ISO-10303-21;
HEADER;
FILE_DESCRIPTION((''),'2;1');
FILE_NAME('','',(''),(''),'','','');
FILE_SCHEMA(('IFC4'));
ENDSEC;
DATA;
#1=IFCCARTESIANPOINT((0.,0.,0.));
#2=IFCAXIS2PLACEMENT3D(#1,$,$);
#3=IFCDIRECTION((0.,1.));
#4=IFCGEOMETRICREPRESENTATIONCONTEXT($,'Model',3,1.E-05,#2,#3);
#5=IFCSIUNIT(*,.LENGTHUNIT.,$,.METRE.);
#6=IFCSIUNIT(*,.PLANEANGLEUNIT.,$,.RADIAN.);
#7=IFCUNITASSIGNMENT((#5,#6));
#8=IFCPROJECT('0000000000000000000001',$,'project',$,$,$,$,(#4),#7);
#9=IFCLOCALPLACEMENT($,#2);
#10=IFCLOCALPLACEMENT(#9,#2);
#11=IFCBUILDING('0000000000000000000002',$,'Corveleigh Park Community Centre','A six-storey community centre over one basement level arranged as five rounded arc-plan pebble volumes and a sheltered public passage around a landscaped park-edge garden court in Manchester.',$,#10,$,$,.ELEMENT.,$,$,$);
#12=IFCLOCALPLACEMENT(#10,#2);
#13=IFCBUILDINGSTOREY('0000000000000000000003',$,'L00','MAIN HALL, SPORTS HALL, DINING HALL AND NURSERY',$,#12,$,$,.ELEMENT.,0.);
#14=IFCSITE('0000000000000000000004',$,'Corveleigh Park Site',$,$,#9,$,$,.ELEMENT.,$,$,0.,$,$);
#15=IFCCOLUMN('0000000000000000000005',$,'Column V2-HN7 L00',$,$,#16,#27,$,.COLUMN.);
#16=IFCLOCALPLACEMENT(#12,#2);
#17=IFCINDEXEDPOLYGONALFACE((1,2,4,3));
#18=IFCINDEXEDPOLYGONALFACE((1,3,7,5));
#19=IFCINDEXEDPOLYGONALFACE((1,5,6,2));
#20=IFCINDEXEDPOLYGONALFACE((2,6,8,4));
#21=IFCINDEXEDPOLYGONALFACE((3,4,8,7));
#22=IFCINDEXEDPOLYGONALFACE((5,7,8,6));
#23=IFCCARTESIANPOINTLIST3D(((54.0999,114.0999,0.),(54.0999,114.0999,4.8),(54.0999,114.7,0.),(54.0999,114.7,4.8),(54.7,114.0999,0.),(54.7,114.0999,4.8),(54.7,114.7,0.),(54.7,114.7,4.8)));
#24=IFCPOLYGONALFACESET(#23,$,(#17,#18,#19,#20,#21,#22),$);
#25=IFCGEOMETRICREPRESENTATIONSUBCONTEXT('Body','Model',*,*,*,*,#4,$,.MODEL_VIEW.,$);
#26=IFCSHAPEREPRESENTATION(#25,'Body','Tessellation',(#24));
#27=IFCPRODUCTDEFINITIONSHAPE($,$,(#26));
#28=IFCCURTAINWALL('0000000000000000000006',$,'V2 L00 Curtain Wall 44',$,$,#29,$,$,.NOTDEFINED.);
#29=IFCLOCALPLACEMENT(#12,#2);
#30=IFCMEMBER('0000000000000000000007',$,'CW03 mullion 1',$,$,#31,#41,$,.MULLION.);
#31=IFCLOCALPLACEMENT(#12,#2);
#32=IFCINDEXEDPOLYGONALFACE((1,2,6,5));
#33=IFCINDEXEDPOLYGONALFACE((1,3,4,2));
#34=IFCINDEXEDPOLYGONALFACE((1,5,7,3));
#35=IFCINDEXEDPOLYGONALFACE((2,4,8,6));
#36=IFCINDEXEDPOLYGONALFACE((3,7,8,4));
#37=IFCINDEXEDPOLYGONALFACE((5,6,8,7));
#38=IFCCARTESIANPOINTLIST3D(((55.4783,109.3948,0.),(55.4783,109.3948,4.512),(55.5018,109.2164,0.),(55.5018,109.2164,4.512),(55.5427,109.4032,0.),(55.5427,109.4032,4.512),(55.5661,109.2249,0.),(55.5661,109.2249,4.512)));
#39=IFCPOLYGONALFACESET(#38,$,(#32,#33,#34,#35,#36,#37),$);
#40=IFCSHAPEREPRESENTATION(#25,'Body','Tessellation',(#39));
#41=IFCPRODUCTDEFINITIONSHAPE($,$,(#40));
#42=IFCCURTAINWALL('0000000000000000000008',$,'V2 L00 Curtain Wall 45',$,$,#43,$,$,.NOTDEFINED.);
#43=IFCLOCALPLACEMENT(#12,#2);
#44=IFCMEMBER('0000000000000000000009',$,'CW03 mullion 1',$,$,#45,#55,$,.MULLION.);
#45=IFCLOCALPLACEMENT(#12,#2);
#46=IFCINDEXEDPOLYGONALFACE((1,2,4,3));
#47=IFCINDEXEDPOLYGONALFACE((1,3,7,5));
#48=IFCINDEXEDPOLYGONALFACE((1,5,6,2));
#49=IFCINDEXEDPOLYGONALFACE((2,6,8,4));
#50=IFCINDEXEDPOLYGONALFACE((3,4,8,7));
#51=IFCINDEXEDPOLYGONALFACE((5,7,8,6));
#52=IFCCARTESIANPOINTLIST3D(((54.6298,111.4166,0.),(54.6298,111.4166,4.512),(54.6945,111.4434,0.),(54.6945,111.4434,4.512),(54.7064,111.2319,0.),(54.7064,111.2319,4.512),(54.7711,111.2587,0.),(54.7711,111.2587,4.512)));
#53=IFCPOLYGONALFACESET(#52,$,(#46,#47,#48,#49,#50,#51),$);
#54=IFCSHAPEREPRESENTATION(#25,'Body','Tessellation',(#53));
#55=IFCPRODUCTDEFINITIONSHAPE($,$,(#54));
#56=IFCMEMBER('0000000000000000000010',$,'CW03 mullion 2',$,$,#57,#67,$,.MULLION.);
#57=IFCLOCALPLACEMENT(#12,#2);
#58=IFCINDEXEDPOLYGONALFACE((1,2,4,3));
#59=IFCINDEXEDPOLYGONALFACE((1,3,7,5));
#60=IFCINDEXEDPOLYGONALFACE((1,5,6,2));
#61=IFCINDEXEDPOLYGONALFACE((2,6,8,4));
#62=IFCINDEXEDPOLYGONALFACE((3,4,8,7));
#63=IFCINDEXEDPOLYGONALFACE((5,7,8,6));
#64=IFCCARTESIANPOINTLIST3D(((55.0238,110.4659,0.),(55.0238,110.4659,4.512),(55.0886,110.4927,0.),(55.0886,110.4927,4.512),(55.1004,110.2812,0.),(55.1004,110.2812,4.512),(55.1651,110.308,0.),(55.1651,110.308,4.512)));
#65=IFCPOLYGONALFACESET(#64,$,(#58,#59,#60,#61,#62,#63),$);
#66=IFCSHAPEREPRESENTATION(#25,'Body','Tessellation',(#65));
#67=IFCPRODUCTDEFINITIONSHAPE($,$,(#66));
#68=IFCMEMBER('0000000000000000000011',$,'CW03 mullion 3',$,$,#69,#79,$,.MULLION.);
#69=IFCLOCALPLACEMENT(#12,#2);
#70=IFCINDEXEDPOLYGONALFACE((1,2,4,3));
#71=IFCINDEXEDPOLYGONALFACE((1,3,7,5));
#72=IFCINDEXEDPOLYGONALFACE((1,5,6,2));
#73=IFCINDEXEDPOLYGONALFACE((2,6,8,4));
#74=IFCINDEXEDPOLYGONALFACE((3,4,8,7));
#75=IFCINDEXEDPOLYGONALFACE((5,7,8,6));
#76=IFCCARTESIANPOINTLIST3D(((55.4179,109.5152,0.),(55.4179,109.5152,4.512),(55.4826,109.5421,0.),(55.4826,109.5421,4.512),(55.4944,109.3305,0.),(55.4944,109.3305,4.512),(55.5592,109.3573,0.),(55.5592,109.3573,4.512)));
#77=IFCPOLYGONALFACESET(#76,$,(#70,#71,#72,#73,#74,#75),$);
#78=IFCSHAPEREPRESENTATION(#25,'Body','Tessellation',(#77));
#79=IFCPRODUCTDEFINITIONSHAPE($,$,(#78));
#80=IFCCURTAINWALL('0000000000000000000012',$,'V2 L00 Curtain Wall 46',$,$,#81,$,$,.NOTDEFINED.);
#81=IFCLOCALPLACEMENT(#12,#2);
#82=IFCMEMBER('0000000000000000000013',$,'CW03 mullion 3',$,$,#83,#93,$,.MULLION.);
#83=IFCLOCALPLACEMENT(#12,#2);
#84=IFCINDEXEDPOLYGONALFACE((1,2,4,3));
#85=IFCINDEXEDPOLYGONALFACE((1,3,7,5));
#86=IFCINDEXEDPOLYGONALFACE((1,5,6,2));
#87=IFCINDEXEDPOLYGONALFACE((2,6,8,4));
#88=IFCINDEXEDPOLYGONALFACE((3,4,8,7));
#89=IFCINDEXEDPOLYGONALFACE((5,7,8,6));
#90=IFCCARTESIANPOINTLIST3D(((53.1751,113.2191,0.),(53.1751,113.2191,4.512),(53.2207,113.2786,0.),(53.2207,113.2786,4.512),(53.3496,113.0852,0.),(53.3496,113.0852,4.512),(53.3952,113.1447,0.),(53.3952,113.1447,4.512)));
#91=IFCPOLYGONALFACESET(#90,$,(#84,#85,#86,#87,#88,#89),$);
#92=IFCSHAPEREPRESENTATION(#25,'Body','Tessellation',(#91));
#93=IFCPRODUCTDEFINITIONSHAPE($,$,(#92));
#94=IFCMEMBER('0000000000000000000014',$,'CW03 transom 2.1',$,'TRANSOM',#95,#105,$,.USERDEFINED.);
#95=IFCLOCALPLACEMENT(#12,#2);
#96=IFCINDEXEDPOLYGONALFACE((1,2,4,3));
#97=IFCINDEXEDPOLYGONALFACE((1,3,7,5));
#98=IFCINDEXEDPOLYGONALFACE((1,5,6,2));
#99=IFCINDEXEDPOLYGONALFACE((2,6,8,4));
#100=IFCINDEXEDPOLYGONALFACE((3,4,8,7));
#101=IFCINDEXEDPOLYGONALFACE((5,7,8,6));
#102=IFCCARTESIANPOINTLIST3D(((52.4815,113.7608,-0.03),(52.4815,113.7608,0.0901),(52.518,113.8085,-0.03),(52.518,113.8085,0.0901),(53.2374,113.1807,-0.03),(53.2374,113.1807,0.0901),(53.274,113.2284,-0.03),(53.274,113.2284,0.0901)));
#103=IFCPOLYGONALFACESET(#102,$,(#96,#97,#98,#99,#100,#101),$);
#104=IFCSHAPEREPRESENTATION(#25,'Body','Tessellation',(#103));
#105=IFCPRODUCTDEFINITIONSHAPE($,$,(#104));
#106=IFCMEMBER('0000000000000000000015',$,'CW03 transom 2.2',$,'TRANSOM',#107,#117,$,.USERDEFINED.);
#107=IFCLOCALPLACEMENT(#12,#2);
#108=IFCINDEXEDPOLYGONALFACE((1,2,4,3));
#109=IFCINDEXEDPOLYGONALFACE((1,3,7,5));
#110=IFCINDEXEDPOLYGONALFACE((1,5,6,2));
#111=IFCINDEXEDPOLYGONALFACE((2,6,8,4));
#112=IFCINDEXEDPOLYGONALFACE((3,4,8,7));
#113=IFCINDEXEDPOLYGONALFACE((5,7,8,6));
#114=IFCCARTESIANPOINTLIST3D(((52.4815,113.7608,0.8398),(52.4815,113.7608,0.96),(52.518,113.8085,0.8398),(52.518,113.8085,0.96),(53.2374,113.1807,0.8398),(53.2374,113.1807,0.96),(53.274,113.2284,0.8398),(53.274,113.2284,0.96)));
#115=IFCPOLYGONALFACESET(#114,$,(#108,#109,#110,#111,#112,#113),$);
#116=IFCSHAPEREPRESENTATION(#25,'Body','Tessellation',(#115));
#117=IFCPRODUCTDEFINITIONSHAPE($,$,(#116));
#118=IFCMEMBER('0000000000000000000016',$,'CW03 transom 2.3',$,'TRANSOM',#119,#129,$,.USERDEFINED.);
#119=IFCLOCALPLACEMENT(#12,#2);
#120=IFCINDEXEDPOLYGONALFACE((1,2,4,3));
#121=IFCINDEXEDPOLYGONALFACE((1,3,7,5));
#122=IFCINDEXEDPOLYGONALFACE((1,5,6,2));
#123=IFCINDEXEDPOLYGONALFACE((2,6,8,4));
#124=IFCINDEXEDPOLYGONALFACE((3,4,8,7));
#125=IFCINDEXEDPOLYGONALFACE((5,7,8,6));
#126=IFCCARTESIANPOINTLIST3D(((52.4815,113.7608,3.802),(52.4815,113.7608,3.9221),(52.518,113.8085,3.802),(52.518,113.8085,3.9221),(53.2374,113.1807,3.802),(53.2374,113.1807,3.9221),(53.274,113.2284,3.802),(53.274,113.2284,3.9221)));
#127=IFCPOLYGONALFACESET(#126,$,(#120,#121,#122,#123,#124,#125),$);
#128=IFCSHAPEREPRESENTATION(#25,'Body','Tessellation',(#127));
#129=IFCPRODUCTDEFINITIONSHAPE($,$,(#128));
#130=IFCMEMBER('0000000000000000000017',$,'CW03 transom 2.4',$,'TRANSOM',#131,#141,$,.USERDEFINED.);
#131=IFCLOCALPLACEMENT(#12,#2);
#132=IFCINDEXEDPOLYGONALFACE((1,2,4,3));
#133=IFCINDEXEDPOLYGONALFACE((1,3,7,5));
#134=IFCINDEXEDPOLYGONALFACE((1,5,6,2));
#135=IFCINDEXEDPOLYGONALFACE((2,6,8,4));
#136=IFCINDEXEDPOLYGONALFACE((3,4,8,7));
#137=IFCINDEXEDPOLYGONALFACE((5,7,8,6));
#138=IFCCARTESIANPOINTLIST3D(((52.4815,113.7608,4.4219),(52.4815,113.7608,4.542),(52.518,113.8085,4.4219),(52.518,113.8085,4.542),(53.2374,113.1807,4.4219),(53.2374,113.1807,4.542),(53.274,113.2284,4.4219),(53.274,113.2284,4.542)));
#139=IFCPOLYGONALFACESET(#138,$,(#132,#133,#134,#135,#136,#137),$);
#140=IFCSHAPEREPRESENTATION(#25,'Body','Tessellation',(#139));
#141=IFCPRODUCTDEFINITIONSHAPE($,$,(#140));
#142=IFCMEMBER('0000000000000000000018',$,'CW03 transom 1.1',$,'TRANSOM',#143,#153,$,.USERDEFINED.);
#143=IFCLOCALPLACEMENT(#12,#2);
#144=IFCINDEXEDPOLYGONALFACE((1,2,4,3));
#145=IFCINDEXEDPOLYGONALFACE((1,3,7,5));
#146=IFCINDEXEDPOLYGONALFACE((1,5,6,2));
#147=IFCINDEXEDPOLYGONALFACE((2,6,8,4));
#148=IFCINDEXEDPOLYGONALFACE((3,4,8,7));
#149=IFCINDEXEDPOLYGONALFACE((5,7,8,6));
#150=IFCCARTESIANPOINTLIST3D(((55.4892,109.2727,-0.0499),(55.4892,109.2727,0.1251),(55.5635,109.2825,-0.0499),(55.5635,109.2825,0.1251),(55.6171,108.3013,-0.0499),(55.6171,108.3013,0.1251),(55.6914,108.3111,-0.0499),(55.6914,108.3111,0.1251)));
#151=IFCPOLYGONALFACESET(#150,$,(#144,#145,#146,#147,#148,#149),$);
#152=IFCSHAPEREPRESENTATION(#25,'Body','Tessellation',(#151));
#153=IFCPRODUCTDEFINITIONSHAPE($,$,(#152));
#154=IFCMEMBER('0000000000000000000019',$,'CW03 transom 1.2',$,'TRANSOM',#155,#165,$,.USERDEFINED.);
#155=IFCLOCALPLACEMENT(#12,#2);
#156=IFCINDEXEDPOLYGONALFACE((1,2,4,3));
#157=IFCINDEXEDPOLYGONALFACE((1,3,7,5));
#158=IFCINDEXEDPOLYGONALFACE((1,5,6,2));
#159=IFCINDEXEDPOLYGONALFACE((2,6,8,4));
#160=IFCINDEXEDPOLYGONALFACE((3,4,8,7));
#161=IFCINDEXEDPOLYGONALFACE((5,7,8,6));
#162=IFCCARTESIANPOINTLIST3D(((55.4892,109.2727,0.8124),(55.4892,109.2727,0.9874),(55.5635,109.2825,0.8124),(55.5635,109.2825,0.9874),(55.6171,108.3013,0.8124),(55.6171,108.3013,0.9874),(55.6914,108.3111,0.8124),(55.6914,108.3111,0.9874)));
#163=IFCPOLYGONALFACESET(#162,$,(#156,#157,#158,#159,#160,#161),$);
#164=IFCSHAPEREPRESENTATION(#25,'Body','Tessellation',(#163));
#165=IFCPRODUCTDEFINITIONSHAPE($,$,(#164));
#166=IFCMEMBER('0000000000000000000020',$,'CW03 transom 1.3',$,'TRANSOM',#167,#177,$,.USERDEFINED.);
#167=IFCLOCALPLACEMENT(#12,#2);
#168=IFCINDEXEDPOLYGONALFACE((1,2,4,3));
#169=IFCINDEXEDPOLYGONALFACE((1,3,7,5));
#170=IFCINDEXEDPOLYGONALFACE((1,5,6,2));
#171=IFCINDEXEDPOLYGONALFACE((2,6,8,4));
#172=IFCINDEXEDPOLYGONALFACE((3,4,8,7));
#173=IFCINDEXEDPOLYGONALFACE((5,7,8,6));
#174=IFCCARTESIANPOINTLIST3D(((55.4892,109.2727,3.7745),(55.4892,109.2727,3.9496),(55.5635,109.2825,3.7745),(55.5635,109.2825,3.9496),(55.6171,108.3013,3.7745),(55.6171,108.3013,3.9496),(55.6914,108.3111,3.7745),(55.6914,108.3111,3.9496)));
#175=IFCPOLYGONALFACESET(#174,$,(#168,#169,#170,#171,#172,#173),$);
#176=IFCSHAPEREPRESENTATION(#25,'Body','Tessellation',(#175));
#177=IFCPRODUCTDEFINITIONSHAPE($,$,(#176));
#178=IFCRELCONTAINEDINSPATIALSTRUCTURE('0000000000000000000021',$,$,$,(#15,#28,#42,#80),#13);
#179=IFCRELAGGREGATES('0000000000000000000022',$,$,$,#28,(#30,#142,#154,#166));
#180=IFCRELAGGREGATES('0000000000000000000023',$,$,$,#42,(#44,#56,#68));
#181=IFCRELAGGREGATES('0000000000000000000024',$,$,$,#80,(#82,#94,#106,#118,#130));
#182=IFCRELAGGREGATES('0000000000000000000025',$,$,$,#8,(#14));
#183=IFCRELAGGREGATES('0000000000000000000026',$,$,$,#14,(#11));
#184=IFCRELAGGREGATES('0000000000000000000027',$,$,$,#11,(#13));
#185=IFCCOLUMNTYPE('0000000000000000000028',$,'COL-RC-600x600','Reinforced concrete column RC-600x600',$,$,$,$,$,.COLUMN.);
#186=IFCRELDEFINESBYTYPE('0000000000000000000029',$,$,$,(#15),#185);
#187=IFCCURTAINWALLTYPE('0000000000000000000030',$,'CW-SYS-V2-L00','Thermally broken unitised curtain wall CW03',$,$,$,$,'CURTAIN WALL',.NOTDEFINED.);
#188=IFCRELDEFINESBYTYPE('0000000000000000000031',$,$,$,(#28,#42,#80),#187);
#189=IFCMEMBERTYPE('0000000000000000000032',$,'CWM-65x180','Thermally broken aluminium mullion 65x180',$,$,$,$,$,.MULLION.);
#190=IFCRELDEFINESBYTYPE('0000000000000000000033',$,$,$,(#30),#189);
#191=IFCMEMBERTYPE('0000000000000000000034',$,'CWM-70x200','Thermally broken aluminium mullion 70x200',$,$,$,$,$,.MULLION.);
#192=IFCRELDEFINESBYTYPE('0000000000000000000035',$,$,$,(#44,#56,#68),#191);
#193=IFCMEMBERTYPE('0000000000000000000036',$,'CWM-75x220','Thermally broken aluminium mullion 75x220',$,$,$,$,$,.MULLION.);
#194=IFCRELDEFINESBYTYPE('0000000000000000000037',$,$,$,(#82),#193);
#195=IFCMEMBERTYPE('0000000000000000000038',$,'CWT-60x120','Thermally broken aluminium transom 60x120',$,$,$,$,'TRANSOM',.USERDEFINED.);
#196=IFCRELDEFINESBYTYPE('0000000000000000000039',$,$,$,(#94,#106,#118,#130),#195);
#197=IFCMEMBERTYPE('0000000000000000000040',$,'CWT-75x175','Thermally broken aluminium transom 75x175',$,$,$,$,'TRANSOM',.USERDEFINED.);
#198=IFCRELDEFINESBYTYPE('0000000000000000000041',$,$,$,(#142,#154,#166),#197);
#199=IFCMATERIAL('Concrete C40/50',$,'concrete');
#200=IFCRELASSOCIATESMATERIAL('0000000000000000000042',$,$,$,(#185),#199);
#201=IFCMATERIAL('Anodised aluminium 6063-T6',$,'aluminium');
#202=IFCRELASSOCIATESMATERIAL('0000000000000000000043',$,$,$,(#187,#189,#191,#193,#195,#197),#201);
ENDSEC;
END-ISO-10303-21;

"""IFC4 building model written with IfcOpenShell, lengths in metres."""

from ifc_helpers import new_model, si_unit, direction, frame, origin, origin_2d, place, context, subcontext, project, spatial, rectangle, extrude, material, material_profile, profile_set, type_object, element, aggregate, save


model = new_model("IFC4")

# Units and contexts
model_context = context("Model", 3, precision=1e-05, world=origin(), true_north=direction((0.0, 1.0)))
body_context = subcontext(model_context, "Body", "Model", "MODEL_VIEW")
ifc_project = project(units=[si_unit("LENGTHUNIT", "METRE"), si_unit("PLANEANGLEUNIT", "RADIAN")], contexts=[model_context])

# Site, building, storey
site_placement = place(None, origin())
site = spatial("IfcSite", under=ifc_project, at=site_placement, Name="Corveleigh Park Site", CompositionType="ELEMENT", RefElevation=0.0)
building_placement = place(site_placement, origin())
building = spatial("IfcBuilding", under=site, at=building_placement, Name="Corveleigh Park Community Centre", Description="A six-storey community centre over one basement level arranged as five rounded arc-plan pebble volumes and a sheltered public passage around a landscaped park-edge garden court in Manchester.", CompositionType="ELEMENT")
storey_placement = place(building_placement, origin())
storey = spatial("IfcBuildingStorey", under=building, at=storey_placement, Name="L00", Description="MAIN HALL, SPORTS HALL, DINING HALL AND NURSERY", CompositionType="ELEMENT", Elevation=0.0)

# Column
ifc_material_1 = material(Name="Concrete C40/50", Category="concrete")
ifc_material_profile_1 = material_profile(ifc_material_1, rectangle(XDim=0.6001, YDim=0.6001, at=origin_2d()), Name="RC-600x600", Category="concrete")
ifc_profile_set_1 = profile_set([ifc_material_profile_1], Name="Concrete C40/50")
column_type = type_object("IfcColumnType", Name="COL-RC-600x600", Description="Reinforced concrete column RC-600x600", PredefinedType="COLUMN", material=ifc_profile_set_1)
column_placement = place(storey_placement, frame((54.3999, 114.3999, 0.0), z_axis=(0.0, 0.0, 1.0), x_axis=(1.0, 0.0, 0.0)))
element("IfcColumn", 1, at=column_placement, inside=storey, type_object=column_type, Name="Column V2-HN7 L00", PredefinedType="COLUMN", context=body_context, shape_type="SweptSolid", body=[
    extrude(rectangle(XDim=0.6001, YDim=0.6001, at=origin_2d()), origin(), (0.0, 0.0, 1.0), 4.8),
])

# Curtain wall, member
ifc_material_2 = material(Name="Anodised aluminium 6063-T6", Category="aluminium")
curtain_wall_type = type_object("IfcCurtainWallType", Name="CW-SYS-V2-L00", Description="Thermally broken unitised curtain wall CW03", ElementType="CURTAIN WALL", PredefinedType="NOTDEFINED", material=ifc_material_2)
curtain_wall_1_placement = place(storey_placement, origin())
curtain_wall_1 = element("IfcCurtainWall", 2, at=curtain_wall_1_placement, inside=storey, type_object=curtain_wall_type, Name="V2 L00 Curtain Wall 44", PredefinedType="NOTDEFINED")
ifc_material_profile_2 = material_profile(ifc_material_2, rectangle(XDim=0.0649, YDim=0.1799, at=origin_2d()), Name="ALU-M65x180", Category="aluminium")
ifc_profile_set_2 = profile_set([ifc_material_profile_2], Name="Anodised aluminium 6063-T6")
member_type_1 = type_object("IfcMemberType", Name="CWM-65x180", Description="Thermally broken aluminium mullion 65x180", PredefinedType="MULLION", material=ifc_profile_set_2)
member_1_placement = place(storey_placement, frame((55.5222, 109.3098, 0.0), z_axis=(0.0, 0.0, 1.0), x_axis=(0.991457, 0.13043, 0.0)))
member_1 = element("IfcMember", 3, at=member_1_placement, type_object=member_type_1, Name="CW03 mullion 1", PredefinedType="MULLION", context=body_context, shape_type="SweptSolid", body=[
    extrude(rectangle(XDim=0.0649, YDim=0.1799, at=origin_2d()), origin(), (0.0, 0.0, 1.0), 4.512),
])

# Curtain walls, members
curtain_wall_2_placement = place(storey_placement, origin())
curtain_wall_2 = element("IfcCurtainWall", 4, at=curtain_wall_2_placement, inside=storey, type_object=curtain_wall_type, Name="V2 L00 Curtain Wall 45", PredefinedType="NOTDEFINED")
ifc_material_profile_3 = material_profile(ifc_material_2, rectangle(XDim=0.0701, YDim=0.2, at=origin_2d()), Name="ALU-M70x200", Category="aluminium")
ifc_profile_set_3 = profile_set([ifc_material_profile_3], Name="Anodised aluminium 6063-T6")
member_type_2 = type_object("IfcMemberType", Name="CWM-70x200", Description="Thermally broken aluminium mullion 70x200", PredefinedType="MULLION", material=ifc_profile_set_3)
member_2_placement = place(storey_placement, frame((54.7004, 111.3376, 0.0), z_axis=(0.0, 0.0, 1.0), x_axis=(0.92377, 0.382947, 0.0)))
member_2 = element("IfcMember", 5, at=member_2_placement, type_object=member_type_2, Name="CW03 mullion 1", PredefinedType="MULLION", context=body_context, shape_type="SweptSolid", body=[
    extrude(rectangle(XDim=0.0701, YDim=0.2, at=origin_2d()), origin(), (0.0, 0.0, 1.0), 4.512),
])
member_3_placement = place(storey_placement, frame((55.0945, 110.387, 0.0), z_axis=(0.0, 0.0, 1.0), x_axis=(0.92377, 0.382947, 0.0)))
member_3 = element("IfcMember", 6, at=member_3_placement, type_object=member_type_2, Name="CW03 mullion 2", PredefinedType="MULLION", context=body_context, shape_type="SweptSolid", body=[
    extrude(rectangle(XDim=0.0701, YDim=0.2, at=origin_2d()), origin(), (0.0, 0.0, 1.0), 4.512),
])
member_4_placement = place(storey_placement, frame((55.4885, 109.4363, 0.0), z_axis=(0.0, 0.0, 1.0), x_axis=(0.92377, 0.382947, 0.0)))
member_4 = element("IfcMember", 7, at=member_4_placement, type_object=member_type_2, Name="CW03 mullion 3", PredefinedType="MULLION", context=body_context, shape_type="SweptSolid", body=[
    extrude(rectangle(XDim=0.0701, YDim=0.2, at=origin_2d()), origin(), (0.0, 0.0, 1.0), 4.512),
])
curtain_wall_3_placement = place(storey_placement, origin())
curtain_wall_3 = element("IfcCurtainWall", 8, at=curtain_wall_3_placement, inside=storey, type_object=curtain_wall_type, Name="V2 L00 Curtain Wall 46", PredefinedType="NOTDEFINED")
ifc_material_profile_4 = material_profile(ifc_material_2, rectangle(XDim=0.075, YDim=0.22, at=origin_2d()), Name="ALU-M75x220", Category="aluminium")
ifc_profile_set_4 = profile_set([ifc_material_profile_4], Name="Anodised aluminium 6063-T6")
member_type_3 = type_object("IfcMemberType", Name="CWM-75x220", Description="Thermally broken aluminium mullion 75x220", PredefinedType="MULLION", material=ifc_profile_set_4)
member_5_placement = place(storey_placement, frame((53.2852, 113.1819, 0.0), z_axis=(0.0, 0.0, 1.0), x_axis=(0.608826, 0.793304, 0.0)))
member_5 = element("IfcMember", 9, at=member_5_placement, type_object=member_type_3, Name="CW03 mullion 3", PredefinedType="MULLION", context=body_context, shape_type="SweptSolid", body=[
    extrude(rectangle(XDim=0.075, YDim=0.22, at=origin_2d()), origin(), (0.0, 0.0, 1.0), 4.512),
])
ifc_material_profile_5 = material_profile(ifc_material_2, rectangle(XDim=0.0601, YDim=0.1201, at=origin_2d()), Name="ALU-T60x120", Category="aluminium")
ifc_profile_set_5 = profile_set([ifc_material_profile_5], Name="Anodised aluminium 6063-T6")
member_type_4 = type_object("IfcMemberType", Name="CWT-60x120", Description="Thermally broken aluminium transom 60x120", ElementType="TRANSOM", PredefinedType="USERDEFINED", material=ifc_profile_set_5)
member_6_placement = place(storey_placement, frame((52.4998, 113.7847, 0.03), z_axis=(0.793309, -0.608819, 0.0), x_axis=(0.608819, 0.793309, 0.0)))
member_6 = element("IfcMember", 10, at=member_6_placement, type_object=member_type_4, Name="CW03 transom 2.1", ObjectType="TRANSOM", PredefinedType="USERDEFINED", context=body_context, shape_type="SweptSolid", body=[
    extrude(rectangle(XDim=0.0601, YDim=0.1201, at=origin_2d()), origin(), (0.0, 0.0, 1.0), 0.9529),
])
member_7_placement = place(storey_placement, frame((52.4998, 113.7847, 0.8999), z_axis=(0.793309, -0.608819, 0.0), x_axis=(0.608819, 0.793309, 0.0)))
member_7 = element("IfcMember", 11, at=member_7_placement, type_object=member_type_4, Name="CW03 transom 2.2", ObjectType="TRANSOM", PredefinedType="USERDEFINED", context=body_context, shape_type="SweptSolid", body=[
    extrude(rectangle(XDim=0.0601, YDim=0.1201, at=origin_2d()), origin(), (0.0, 0.0, 1.0), 0.9529),
])
member_8_placement = place(storey_placement, frame((52.4998, 113.7847, 3.8621), z_axis=(0.793309, -0.608819, 0.0), x_axis=(0.608819, 0.793309, 0.0)))
member_8 = element("IfcMember", 12, at=member_8_placement, type_object=member_type_4, Name="CW03 transom 2.3", ObjectType="TRANSOM", PredefinedType="USERDEFINED", context=body_context, shape_type="SweptSolid", body=[
    extrude(rectangle(XDim=0.0601, YDim=0.1201, at=origin_2d()), origin(), (0.0, 0.0, 1.0), 0.9529),
])
member_9_placement = place(storey_placement, frame((52.4998, 113.7847, 4.4819), z_axis=(0.793309, -0.608819, 0.0), x_axis=(0.608819, 0.793309, 0.0)))
member_9 = element("IfcMember", 13, at=member_9_placement, type_object=member_type_4, Name="CW03 transom 2.4", ObjectType="TRANSOM", PredefinedType="USERDEFINED", context=body_context, shape_type="SweptSolid", body=[
    extrude(rectangle(XDim=0.0601, YDim=0.1201, at=origin_2d()), origin(), (0.0, 0.0, 1.0), 0.9529),
])

# Members
ifc_material_profile_6 = material_profile(ifc_material_2, rectangle(XDim=0.075, YDim=0.175, at=origin_2d()), Name="ALU-T75x175", Category="aluminium")
ifc_profile_set_6 = profile_set([ifc_material_profile_6], Name="Anodised aluminium 6063-T6")
member_type_5 = type_object("IfcMemberType", Name="CWT-75x175", Description="Thermally broken aluminium transom 75x175", ElementType="TRANSOM", PredefinedType="USERDEFINED", material=ifc_profile_set_6)
member_10_placement = place(storey_placement, frame((55.5264, 109.2776, 0.0376), z_axis=(0.130564, -0.99144, 0.0), x_axis=(0.99144, 0.130564, 0.0)))
member_10 = element("IfcMember", 14, at=member_10_placement, type_object=member_type_5, Name="CW03 transom 1.1", ObjectType="TRANSOM", PredefinedType="USERDEFINED", context=body_context, shape_type="SweptSolid", body=[
    extrude(rectangle(XDim=0.075, YDim=0.175, at=origin_2d()), origin(), (0.0, 0.0, 1.0), 0.9797),
])
member_11_placement = place(storey_placement, frame((55.5264, 109.2776, 0.8999), z_axis=(0.130564, -0.99144, 0.0), x_axis=(0.99144, 0.130564, 0.0)))
member_11 = element("IfcMember", 15, at=member_11_placement, type_object=member_type_5, Name="CW03 transom 1.2", ObjectType="TRANSOM", PredefinedType="USERDEFINED", context=body_context, shape_type="SweptSolid", body=[
    extrude(rectangle(XDim=0.075, YDim=0.175, at=origin_2d()), origin(), (0.0, 0.0, 1.0), 0.9797),
])
member_12_placement = place(storey_placement, frame((55.5264, 109.2776, 3.8621), z_axis=(0.130564, -0.99144, 0.0), x_axis=(0.99144, 0.130564, 0.0)))
member_12 = element("IfcMember", 16, at=member_12_placement, type_object=member_type_5, Name="CW03 transom 1.3", ObjectType="TRANSOM", PredefinedType="USERDEFINED", context=body_context, shape_type="SweptSolid", body=[
    extrude(rectangle(XDim=0.075, YDim=0.175, at=origin_2d()), origin(), (0.0, 0.0, 1.0), 0.9797),
])
aggregate(curtain_wall_1, [member_1, member_10, member_11, member_12])

aggregate(curtain_wall_2, [member_2, member_3, member_4])
aggregate(curtain_wall_3, [member_5, member_6, member_7, member_8, member_9])

save(model, "model.ifc")
